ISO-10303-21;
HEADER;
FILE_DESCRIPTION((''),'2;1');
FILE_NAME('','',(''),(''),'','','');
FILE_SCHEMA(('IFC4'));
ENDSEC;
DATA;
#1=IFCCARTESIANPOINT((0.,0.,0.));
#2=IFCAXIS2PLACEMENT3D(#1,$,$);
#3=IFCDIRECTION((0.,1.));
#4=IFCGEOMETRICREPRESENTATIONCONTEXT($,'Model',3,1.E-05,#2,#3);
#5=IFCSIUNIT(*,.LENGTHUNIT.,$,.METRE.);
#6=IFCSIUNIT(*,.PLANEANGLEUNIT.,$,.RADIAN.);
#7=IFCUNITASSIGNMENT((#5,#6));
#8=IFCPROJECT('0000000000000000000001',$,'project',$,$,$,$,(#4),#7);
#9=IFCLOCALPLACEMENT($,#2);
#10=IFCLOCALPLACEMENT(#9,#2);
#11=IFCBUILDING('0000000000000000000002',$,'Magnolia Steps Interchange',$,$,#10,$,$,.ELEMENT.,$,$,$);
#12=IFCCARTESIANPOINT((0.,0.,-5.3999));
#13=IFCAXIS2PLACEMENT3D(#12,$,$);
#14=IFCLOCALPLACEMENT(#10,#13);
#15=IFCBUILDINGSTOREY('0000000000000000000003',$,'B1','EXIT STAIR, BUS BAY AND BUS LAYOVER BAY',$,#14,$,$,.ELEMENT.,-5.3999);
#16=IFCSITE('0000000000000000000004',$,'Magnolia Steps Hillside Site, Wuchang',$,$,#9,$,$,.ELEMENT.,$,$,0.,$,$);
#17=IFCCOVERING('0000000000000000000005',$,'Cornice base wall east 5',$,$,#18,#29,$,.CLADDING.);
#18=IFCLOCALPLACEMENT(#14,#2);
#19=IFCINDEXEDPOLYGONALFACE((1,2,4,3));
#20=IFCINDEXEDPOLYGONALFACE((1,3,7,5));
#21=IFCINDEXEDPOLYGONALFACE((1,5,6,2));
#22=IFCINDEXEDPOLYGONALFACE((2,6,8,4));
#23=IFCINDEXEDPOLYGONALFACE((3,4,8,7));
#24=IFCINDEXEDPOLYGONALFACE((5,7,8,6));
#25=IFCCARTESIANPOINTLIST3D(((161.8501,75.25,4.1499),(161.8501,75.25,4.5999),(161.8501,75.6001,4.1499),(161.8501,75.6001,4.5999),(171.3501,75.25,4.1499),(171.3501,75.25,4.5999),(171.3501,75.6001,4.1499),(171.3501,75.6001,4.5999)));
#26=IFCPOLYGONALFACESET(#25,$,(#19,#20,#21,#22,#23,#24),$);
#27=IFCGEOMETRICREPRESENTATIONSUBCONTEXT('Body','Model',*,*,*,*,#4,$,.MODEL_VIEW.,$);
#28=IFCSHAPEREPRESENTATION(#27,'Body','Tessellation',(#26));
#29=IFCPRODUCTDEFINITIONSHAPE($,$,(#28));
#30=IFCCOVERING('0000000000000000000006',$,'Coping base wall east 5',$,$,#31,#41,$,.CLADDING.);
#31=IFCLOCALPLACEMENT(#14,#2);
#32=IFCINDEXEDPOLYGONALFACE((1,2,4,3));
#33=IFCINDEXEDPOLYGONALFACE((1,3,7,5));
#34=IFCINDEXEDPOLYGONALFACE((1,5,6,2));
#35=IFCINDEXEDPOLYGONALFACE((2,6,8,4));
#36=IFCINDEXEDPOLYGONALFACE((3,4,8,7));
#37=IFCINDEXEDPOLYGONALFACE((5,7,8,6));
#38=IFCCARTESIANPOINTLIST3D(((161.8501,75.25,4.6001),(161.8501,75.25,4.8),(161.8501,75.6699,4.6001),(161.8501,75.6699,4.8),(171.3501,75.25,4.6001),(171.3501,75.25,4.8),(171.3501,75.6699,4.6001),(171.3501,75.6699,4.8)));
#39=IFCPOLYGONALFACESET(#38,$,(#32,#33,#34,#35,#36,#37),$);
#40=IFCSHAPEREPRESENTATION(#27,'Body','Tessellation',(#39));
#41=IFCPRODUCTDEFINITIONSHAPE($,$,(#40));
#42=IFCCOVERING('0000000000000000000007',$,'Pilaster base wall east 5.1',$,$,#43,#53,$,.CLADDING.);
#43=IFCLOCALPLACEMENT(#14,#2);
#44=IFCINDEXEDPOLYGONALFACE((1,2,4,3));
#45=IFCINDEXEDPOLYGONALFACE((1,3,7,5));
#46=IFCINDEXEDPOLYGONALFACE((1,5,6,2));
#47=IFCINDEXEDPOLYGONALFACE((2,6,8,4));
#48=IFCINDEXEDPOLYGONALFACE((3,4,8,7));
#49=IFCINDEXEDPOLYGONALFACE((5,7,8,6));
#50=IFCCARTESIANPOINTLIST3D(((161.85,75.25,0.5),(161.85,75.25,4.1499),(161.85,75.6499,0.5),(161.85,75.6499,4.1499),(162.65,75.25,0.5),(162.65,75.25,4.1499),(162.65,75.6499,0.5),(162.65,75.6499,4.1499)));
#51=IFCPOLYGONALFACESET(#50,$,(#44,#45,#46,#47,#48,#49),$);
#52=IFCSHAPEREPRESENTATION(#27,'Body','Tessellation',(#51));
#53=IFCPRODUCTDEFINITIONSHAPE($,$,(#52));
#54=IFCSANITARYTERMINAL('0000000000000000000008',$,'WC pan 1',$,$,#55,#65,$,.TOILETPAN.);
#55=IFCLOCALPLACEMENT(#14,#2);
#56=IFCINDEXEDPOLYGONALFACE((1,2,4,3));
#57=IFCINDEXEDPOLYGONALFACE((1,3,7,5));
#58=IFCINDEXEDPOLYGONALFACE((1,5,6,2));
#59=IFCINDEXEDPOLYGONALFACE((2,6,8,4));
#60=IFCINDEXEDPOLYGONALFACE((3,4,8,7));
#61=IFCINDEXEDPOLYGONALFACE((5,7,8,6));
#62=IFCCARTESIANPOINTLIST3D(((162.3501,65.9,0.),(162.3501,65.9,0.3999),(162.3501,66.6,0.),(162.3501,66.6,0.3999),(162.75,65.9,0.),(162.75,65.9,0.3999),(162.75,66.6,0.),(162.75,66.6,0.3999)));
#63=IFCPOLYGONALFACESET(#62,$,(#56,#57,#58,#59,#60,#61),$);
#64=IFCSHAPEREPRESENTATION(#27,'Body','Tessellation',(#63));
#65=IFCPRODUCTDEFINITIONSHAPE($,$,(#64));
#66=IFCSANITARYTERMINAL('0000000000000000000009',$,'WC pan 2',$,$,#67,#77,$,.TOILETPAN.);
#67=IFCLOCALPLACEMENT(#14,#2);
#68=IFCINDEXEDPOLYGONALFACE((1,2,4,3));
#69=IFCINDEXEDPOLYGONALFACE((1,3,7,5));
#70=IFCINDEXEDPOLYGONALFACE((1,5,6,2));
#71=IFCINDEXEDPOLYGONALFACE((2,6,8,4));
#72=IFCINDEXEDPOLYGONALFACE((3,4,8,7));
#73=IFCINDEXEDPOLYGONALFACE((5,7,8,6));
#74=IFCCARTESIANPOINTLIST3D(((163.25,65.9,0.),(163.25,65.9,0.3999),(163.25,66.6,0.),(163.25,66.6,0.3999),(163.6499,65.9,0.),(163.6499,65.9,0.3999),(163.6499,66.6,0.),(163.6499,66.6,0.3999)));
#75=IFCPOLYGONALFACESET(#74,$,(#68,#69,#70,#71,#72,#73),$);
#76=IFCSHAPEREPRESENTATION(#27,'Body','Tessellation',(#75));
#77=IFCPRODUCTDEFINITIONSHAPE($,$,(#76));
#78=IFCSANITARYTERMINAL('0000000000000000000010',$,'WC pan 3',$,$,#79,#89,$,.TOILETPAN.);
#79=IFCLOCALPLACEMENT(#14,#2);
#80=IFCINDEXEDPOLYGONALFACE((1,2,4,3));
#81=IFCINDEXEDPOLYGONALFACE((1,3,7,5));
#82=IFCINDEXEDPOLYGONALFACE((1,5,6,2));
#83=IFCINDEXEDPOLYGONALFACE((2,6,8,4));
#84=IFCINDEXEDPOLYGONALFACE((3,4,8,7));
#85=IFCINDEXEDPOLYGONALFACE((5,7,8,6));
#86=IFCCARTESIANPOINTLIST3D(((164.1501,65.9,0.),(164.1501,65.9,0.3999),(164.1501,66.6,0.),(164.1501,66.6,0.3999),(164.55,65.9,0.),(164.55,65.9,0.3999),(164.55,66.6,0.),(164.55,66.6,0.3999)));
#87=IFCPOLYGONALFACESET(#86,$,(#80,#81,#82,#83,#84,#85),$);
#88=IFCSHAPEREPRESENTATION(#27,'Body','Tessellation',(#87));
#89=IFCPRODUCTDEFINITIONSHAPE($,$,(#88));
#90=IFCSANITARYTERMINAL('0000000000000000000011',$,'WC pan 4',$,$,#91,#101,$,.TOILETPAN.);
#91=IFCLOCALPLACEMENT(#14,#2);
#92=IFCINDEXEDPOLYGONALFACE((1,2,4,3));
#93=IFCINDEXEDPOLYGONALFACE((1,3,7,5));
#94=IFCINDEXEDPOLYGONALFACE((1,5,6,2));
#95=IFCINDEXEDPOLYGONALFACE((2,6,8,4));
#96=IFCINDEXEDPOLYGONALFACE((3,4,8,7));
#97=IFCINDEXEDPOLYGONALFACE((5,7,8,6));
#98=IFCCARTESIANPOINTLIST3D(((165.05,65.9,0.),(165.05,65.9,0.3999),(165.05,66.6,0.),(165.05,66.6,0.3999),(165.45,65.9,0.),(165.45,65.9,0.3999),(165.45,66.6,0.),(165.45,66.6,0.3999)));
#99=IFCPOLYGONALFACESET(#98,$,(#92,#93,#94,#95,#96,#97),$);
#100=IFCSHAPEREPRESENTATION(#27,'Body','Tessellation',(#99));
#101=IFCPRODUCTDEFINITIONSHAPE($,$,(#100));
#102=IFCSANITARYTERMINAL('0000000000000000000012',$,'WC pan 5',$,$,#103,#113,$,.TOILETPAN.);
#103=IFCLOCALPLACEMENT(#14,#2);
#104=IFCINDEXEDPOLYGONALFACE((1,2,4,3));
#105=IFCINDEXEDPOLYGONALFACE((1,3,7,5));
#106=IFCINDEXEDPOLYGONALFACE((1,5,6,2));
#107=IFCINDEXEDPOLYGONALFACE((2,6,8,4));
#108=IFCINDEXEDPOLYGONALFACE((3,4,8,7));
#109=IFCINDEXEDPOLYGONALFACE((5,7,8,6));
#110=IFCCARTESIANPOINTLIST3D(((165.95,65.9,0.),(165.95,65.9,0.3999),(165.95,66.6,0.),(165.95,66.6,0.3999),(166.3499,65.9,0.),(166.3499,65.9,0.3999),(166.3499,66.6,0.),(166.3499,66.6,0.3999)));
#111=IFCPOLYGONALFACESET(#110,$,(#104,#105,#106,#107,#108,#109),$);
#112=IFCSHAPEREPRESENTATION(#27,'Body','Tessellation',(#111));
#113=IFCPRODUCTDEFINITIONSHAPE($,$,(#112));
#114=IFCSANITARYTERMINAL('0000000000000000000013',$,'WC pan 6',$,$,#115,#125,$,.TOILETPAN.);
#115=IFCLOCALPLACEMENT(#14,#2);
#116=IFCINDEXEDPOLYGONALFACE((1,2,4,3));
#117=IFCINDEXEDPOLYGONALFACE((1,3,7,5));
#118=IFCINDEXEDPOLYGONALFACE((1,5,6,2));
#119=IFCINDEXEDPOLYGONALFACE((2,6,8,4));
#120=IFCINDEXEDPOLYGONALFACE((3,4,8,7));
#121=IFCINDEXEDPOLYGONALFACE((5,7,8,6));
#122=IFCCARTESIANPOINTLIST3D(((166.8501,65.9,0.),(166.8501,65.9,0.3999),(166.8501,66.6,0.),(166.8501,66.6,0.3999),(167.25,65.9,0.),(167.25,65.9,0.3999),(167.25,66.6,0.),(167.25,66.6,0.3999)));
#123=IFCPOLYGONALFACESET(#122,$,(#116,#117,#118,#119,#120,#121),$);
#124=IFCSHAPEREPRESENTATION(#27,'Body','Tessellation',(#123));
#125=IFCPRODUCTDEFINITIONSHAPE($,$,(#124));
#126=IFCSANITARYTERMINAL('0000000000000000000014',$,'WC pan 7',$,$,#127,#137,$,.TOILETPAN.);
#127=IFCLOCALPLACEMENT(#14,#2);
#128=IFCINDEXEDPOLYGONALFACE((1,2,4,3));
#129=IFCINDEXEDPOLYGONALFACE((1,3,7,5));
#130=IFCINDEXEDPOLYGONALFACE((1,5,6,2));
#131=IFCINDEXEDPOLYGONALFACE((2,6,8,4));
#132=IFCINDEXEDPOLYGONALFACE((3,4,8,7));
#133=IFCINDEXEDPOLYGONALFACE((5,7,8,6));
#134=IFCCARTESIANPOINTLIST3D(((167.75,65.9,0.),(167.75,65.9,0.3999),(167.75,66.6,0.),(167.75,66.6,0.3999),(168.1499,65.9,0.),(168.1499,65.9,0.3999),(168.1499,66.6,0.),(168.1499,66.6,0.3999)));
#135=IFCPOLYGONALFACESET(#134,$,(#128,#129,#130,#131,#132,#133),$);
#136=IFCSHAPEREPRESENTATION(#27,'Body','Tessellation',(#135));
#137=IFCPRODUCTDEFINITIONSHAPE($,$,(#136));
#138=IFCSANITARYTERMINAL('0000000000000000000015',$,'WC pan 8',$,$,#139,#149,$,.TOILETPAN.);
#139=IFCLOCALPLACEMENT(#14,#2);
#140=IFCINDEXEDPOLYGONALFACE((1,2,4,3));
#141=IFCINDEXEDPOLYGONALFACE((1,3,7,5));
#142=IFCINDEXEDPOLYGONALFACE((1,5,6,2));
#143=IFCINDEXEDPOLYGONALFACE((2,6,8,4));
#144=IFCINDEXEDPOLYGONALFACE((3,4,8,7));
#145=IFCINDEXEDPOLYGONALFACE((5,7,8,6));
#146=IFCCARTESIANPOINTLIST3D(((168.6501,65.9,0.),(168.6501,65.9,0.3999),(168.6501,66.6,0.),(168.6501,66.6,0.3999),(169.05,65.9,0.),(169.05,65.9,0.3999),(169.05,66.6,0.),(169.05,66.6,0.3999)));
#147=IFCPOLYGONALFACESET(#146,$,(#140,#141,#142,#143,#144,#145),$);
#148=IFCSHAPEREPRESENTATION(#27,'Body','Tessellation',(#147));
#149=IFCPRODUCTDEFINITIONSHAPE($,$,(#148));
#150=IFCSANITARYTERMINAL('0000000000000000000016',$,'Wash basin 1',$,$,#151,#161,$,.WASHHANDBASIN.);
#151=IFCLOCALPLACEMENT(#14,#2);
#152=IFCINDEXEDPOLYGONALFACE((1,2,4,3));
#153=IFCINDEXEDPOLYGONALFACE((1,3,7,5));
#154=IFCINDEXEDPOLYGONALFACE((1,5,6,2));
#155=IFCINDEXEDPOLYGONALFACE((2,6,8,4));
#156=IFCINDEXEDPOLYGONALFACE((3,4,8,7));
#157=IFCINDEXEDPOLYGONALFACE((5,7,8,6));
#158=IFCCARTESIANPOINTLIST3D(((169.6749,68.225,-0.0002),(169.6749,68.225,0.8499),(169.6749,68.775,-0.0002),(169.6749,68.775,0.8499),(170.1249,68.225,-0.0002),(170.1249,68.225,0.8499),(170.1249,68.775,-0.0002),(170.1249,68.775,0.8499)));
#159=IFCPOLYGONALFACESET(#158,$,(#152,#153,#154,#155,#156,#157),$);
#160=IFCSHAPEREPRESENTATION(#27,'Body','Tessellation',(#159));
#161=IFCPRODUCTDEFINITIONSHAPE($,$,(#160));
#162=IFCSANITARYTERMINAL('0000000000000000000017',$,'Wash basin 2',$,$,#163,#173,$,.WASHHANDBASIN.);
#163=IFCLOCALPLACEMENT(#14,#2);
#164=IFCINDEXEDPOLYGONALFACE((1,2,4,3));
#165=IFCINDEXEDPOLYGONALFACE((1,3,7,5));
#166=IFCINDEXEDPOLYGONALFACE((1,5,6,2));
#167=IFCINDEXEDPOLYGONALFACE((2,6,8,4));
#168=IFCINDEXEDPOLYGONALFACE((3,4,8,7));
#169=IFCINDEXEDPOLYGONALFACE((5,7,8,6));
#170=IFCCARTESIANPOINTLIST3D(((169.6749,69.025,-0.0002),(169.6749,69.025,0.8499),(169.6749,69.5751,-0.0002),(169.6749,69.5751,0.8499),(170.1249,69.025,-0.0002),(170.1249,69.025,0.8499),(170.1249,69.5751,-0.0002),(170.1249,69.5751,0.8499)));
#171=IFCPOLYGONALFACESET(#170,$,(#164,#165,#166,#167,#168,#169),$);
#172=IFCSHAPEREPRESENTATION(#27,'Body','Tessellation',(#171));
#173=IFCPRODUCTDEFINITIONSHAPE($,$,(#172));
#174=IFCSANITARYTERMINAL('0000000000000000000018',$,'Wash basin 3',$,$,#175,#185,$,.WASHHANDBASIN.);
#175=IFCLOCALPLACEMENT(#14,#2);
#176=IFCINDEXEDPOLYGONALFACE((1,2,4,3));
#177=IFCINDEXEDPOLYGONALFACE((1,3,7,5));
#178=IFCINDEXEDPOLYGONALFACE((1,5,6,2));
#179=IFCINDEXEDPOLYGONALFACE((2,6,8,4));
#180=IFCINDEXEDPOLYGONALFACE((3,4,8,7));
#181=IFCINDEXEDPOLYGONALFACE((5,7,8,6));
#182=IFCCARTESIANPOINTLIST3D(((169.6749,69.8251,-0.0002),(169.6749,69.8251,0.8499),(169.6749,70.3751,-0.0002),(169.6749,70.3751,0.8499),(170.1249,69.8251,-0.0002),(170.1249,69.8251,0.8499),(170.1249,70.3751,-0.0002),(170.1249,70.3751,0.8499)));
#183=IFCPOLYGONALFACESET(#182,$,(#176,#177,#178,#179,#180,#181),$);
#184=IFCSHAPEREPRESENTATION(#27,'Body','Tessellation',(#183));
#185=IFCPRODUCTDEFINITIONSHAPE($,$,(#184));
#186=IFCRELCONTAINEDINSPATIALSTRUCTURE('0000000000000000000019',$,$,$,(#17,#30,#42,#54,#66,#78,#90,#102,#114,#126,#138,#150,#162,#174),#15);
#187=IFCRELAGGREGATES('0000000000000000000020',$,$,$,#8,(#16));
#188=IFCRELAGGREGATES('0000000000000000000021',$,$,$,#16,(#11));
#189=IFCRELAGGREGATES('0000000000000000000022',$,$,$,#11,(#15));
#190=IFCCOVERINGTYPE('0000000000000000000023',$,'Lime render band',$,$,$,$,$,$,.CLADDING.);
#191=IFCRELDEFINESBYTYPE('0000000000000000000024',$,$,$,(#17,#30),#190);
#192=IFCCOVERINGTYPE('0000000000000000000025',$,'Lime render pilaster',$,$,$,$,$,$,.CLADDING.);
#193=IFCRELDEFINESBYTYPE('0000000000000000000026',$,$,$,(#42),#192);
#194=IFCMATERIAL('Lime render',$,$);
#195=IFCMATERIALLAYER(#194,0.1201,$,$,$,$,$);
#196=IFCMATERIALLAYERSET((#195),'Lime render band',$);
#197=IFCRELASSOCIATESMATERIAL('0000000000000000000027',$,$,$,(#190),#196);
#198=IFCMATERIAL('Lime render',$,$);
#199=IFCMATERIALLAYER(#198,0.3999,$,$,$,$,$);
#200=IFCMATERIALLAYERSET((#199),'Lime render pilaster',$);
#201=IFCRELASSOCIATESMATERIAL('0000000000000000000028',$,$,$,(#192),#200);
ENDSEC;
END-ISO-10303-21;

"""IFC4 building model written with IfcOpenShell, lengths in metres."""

from ifc_helpers import new_model, si_unit, direction, frame, origin, origin_2d, place, context, subcontext, project, spatial, rectangle, extrude, material, layer, layer_set, type_object, element, save


model = new_model("IFC4")

# Units and contexts
model_context = context("Model", 3, precision=1e-05, world=origin(), true_north=direction((0.0, 1.0)))
body_context = subcontext(model_context, "Body", "Model", "MODEL_VIEW")
ifc_project = project(units=[si_unit("LENGTHUNIT", "METRE"), si_unit("PLANEANGLEUNIT", "RADIAN")], contexts=[model_context])

# Site, building, storey
site_placement = place(None, origin())
site = spatial("IfcSite", under=ifc_project, at=site_placement, Name="Magnolia Steps Hillside Site, Wuchang", CompositionType="ELEMENT", RefElevation=0.0)
building_placement = place(site_placement, origin())
building = spatial("IfcBuilding", under=site, at=building_placement, Name="Magnolia Steps Interchange", CompositionType="ELEMENT")
storey_placement = place(building_placement, frame((0.0, 0.0, -5.3999)))
storey = spatial("IfcBuildingStorey", under=building, at=storey_placement, Name="B1", Description="EXIT STAIR, BUS BAY AND BUS LAYOVER BAY", CompositionType="ELEMENT", Elevation=-5.3999)

# Coverings
ifc_material_1 = material(Name="Lime render")
ifc_layer_1 = layer(ifc_material_1, 0.1201)
ifc_layer_set_1 = layer_set([ifc_layer_1], Name="Lime render band")
covering_type_1 = type_object("IfcCoveringType", Name="Lime render band", PredefinedType="CLADDING", material=ifc_layer_set_1)
covering_1_placement = place(storey_placement, frame((166.6001, 75.425, 4.1499), z_axis=(0.0, 0.0, 1.0), x_axis=(1.0, 0.0, 0.0)))
element("IfcCovering", 1, at=covering_1_placement, inside=storey, type_object=covering_type_1, Name="Cornice base wall east 5", PredefinedType="CLADDING", context=body_context, shape_type="SweptSolid", body=[
    extrude(rectangle(XDim=9.5, YDim=0.3501, at=origin_2d()), origin(), (0.0, 0.0, 1.0), 0.45),
])
covering_2_placement = place(storey_placement, frame((166.6001, 75.46, 4.6001), z_axis=(0.0, 0.0, 1.0), x_axis=(1.0, 0.0, 0.0)))
element("IfcCovering", 2, at=covering_2_placement, inside=storey, type_object=covering_type_1, Name="Coping base wall east 5", PredefinedType="CLADDING", context=body_context, shape_type="SweptSolid", body=[
    extrude(rectangle(XDim=9.5, YDim=0.4199, at=origin_2d()), origin(), (0.0, 0.0, 1.0), 0.2),
])
ifc_material_2 = material(Name="Lime render")
ifc_layer_2 = layer(ifc_material_2, 0.3999)
ifc_layer_set_2 = layer_set([ifc_layer_2], Name="Lime render pilaster")
covering_type_2 = type_object("IfcCoveringType", Name="Lime render pilaster", PredefinedType="CLADDING", material=ifc_layer_set_2)
covering_3_placement = place(storey_placement, frame((162.25, 75.45, 0.5), z_axis=(0.0, 0.0, 1.0), x_axis=(1.0, 0.0, 0.0)))
element("IfcCovering", 3, at=covering_3_placement, inside=storey, type_object=covering_type_2, Name="Pilaster base wall east 5.1", PredefinedType="CLADDING", context=body_context, shape_type="SweptSolid", body=[
    extrude(rectangle(XDim=0.8, YDim=0.3999, at=origin_2d()), origin(), (0.0, 0.0, 1.0), 3.6499),
])

# Sanitary terminals
for number, where, z_axis, x_axis, name in (
    (4, (162.55, 66.25, 0.0), (0.0, 0.0, 1.0), (1.0, 0.0, 0.0), "WC pan 1"),
    (5, (163.45, 66.25, 0.0), (0.0, 0.0, 1.0), (1.0, 0.0, 0.0), "WC pan 2"),
    (6, (164.3501, 66.25, 0.0), (0.0, 0.0, 1.0), (1.0, 0.0, 0.0), "WC pan 3"),
    (7, (165.25, 66.25, 0.0), (0.0, 0.0, 1.0), (1.0, 0.0, 0.0), "WC pan 4"),
    (8, (166.1499, 66.25, 0.0), (0.0, 0.0, 1.0), (1.0, 0.0, 0.0), "WC pan 5"),
    (9, (167.05, 66.25, 0.0), (0.0, 0.0, 1.0), (1.0, 0.0, 0.0), "WC pan 6"),
    (10, (167.95, 66.25, 0.0), (0.0, 0.0, 1.0), (1.0, 0.0, 0.0), "WC pan 7"),
    (11, (168.8501, 66.25, 0.0), (0.0, 0.0, 1.0), (1.0, 0.0, 0.0), "WC pan 8"),
):
    element("IfcSanitaryTerminal", number, at=place(storey_placement, frame(where, z_axis=z_axis, x_axis=x_axis)), inside=storey, Name=name, PredefinedType="TOILETPAN", context=body_context, shape_type="SweptSolid", body=[
        extrude(rectangle(XDim=0.3999, YDim=0.7, at=origin_2d()), origin(), (0.0, 0.0, 1.0), 0.3999),
    ])
for number, where, z_axis, x_axis, name in (
    (12, (169.8999, 68.5, -0.0002), (0.0, 0.0, 1.0), (1.0, 0.0, 0.0), "Wash basin 1"),
    (13, (169.8999, 69.3, -0.0002), (0.0, 0.0, 1.0), (1.0, 0.0, 0.0), "Wash basin 2"),
    (14, (169.8999, 70.1001, -0.0002), (0.0, 0.0, 1.0), (1.0, 0.0, 0.0), "Wash basin 3"),
):
    element("IfcSanitaryTerminal", number, at=place(storey_placement, frame(where, z_axis=z_axis, x_axis=x_axis)), inside=storey, Name=name, PredefinedType="WASHHANDBASIN", context=body_context, shape_type="SweptSolid", body=[
        extrude(rectangle(XDim=0.45, YDim=0.55, at=origin_2d()), origin(), (0.0, 0.0, 1.0), 0.8501),
    ])

save(model, "model.ifc")
